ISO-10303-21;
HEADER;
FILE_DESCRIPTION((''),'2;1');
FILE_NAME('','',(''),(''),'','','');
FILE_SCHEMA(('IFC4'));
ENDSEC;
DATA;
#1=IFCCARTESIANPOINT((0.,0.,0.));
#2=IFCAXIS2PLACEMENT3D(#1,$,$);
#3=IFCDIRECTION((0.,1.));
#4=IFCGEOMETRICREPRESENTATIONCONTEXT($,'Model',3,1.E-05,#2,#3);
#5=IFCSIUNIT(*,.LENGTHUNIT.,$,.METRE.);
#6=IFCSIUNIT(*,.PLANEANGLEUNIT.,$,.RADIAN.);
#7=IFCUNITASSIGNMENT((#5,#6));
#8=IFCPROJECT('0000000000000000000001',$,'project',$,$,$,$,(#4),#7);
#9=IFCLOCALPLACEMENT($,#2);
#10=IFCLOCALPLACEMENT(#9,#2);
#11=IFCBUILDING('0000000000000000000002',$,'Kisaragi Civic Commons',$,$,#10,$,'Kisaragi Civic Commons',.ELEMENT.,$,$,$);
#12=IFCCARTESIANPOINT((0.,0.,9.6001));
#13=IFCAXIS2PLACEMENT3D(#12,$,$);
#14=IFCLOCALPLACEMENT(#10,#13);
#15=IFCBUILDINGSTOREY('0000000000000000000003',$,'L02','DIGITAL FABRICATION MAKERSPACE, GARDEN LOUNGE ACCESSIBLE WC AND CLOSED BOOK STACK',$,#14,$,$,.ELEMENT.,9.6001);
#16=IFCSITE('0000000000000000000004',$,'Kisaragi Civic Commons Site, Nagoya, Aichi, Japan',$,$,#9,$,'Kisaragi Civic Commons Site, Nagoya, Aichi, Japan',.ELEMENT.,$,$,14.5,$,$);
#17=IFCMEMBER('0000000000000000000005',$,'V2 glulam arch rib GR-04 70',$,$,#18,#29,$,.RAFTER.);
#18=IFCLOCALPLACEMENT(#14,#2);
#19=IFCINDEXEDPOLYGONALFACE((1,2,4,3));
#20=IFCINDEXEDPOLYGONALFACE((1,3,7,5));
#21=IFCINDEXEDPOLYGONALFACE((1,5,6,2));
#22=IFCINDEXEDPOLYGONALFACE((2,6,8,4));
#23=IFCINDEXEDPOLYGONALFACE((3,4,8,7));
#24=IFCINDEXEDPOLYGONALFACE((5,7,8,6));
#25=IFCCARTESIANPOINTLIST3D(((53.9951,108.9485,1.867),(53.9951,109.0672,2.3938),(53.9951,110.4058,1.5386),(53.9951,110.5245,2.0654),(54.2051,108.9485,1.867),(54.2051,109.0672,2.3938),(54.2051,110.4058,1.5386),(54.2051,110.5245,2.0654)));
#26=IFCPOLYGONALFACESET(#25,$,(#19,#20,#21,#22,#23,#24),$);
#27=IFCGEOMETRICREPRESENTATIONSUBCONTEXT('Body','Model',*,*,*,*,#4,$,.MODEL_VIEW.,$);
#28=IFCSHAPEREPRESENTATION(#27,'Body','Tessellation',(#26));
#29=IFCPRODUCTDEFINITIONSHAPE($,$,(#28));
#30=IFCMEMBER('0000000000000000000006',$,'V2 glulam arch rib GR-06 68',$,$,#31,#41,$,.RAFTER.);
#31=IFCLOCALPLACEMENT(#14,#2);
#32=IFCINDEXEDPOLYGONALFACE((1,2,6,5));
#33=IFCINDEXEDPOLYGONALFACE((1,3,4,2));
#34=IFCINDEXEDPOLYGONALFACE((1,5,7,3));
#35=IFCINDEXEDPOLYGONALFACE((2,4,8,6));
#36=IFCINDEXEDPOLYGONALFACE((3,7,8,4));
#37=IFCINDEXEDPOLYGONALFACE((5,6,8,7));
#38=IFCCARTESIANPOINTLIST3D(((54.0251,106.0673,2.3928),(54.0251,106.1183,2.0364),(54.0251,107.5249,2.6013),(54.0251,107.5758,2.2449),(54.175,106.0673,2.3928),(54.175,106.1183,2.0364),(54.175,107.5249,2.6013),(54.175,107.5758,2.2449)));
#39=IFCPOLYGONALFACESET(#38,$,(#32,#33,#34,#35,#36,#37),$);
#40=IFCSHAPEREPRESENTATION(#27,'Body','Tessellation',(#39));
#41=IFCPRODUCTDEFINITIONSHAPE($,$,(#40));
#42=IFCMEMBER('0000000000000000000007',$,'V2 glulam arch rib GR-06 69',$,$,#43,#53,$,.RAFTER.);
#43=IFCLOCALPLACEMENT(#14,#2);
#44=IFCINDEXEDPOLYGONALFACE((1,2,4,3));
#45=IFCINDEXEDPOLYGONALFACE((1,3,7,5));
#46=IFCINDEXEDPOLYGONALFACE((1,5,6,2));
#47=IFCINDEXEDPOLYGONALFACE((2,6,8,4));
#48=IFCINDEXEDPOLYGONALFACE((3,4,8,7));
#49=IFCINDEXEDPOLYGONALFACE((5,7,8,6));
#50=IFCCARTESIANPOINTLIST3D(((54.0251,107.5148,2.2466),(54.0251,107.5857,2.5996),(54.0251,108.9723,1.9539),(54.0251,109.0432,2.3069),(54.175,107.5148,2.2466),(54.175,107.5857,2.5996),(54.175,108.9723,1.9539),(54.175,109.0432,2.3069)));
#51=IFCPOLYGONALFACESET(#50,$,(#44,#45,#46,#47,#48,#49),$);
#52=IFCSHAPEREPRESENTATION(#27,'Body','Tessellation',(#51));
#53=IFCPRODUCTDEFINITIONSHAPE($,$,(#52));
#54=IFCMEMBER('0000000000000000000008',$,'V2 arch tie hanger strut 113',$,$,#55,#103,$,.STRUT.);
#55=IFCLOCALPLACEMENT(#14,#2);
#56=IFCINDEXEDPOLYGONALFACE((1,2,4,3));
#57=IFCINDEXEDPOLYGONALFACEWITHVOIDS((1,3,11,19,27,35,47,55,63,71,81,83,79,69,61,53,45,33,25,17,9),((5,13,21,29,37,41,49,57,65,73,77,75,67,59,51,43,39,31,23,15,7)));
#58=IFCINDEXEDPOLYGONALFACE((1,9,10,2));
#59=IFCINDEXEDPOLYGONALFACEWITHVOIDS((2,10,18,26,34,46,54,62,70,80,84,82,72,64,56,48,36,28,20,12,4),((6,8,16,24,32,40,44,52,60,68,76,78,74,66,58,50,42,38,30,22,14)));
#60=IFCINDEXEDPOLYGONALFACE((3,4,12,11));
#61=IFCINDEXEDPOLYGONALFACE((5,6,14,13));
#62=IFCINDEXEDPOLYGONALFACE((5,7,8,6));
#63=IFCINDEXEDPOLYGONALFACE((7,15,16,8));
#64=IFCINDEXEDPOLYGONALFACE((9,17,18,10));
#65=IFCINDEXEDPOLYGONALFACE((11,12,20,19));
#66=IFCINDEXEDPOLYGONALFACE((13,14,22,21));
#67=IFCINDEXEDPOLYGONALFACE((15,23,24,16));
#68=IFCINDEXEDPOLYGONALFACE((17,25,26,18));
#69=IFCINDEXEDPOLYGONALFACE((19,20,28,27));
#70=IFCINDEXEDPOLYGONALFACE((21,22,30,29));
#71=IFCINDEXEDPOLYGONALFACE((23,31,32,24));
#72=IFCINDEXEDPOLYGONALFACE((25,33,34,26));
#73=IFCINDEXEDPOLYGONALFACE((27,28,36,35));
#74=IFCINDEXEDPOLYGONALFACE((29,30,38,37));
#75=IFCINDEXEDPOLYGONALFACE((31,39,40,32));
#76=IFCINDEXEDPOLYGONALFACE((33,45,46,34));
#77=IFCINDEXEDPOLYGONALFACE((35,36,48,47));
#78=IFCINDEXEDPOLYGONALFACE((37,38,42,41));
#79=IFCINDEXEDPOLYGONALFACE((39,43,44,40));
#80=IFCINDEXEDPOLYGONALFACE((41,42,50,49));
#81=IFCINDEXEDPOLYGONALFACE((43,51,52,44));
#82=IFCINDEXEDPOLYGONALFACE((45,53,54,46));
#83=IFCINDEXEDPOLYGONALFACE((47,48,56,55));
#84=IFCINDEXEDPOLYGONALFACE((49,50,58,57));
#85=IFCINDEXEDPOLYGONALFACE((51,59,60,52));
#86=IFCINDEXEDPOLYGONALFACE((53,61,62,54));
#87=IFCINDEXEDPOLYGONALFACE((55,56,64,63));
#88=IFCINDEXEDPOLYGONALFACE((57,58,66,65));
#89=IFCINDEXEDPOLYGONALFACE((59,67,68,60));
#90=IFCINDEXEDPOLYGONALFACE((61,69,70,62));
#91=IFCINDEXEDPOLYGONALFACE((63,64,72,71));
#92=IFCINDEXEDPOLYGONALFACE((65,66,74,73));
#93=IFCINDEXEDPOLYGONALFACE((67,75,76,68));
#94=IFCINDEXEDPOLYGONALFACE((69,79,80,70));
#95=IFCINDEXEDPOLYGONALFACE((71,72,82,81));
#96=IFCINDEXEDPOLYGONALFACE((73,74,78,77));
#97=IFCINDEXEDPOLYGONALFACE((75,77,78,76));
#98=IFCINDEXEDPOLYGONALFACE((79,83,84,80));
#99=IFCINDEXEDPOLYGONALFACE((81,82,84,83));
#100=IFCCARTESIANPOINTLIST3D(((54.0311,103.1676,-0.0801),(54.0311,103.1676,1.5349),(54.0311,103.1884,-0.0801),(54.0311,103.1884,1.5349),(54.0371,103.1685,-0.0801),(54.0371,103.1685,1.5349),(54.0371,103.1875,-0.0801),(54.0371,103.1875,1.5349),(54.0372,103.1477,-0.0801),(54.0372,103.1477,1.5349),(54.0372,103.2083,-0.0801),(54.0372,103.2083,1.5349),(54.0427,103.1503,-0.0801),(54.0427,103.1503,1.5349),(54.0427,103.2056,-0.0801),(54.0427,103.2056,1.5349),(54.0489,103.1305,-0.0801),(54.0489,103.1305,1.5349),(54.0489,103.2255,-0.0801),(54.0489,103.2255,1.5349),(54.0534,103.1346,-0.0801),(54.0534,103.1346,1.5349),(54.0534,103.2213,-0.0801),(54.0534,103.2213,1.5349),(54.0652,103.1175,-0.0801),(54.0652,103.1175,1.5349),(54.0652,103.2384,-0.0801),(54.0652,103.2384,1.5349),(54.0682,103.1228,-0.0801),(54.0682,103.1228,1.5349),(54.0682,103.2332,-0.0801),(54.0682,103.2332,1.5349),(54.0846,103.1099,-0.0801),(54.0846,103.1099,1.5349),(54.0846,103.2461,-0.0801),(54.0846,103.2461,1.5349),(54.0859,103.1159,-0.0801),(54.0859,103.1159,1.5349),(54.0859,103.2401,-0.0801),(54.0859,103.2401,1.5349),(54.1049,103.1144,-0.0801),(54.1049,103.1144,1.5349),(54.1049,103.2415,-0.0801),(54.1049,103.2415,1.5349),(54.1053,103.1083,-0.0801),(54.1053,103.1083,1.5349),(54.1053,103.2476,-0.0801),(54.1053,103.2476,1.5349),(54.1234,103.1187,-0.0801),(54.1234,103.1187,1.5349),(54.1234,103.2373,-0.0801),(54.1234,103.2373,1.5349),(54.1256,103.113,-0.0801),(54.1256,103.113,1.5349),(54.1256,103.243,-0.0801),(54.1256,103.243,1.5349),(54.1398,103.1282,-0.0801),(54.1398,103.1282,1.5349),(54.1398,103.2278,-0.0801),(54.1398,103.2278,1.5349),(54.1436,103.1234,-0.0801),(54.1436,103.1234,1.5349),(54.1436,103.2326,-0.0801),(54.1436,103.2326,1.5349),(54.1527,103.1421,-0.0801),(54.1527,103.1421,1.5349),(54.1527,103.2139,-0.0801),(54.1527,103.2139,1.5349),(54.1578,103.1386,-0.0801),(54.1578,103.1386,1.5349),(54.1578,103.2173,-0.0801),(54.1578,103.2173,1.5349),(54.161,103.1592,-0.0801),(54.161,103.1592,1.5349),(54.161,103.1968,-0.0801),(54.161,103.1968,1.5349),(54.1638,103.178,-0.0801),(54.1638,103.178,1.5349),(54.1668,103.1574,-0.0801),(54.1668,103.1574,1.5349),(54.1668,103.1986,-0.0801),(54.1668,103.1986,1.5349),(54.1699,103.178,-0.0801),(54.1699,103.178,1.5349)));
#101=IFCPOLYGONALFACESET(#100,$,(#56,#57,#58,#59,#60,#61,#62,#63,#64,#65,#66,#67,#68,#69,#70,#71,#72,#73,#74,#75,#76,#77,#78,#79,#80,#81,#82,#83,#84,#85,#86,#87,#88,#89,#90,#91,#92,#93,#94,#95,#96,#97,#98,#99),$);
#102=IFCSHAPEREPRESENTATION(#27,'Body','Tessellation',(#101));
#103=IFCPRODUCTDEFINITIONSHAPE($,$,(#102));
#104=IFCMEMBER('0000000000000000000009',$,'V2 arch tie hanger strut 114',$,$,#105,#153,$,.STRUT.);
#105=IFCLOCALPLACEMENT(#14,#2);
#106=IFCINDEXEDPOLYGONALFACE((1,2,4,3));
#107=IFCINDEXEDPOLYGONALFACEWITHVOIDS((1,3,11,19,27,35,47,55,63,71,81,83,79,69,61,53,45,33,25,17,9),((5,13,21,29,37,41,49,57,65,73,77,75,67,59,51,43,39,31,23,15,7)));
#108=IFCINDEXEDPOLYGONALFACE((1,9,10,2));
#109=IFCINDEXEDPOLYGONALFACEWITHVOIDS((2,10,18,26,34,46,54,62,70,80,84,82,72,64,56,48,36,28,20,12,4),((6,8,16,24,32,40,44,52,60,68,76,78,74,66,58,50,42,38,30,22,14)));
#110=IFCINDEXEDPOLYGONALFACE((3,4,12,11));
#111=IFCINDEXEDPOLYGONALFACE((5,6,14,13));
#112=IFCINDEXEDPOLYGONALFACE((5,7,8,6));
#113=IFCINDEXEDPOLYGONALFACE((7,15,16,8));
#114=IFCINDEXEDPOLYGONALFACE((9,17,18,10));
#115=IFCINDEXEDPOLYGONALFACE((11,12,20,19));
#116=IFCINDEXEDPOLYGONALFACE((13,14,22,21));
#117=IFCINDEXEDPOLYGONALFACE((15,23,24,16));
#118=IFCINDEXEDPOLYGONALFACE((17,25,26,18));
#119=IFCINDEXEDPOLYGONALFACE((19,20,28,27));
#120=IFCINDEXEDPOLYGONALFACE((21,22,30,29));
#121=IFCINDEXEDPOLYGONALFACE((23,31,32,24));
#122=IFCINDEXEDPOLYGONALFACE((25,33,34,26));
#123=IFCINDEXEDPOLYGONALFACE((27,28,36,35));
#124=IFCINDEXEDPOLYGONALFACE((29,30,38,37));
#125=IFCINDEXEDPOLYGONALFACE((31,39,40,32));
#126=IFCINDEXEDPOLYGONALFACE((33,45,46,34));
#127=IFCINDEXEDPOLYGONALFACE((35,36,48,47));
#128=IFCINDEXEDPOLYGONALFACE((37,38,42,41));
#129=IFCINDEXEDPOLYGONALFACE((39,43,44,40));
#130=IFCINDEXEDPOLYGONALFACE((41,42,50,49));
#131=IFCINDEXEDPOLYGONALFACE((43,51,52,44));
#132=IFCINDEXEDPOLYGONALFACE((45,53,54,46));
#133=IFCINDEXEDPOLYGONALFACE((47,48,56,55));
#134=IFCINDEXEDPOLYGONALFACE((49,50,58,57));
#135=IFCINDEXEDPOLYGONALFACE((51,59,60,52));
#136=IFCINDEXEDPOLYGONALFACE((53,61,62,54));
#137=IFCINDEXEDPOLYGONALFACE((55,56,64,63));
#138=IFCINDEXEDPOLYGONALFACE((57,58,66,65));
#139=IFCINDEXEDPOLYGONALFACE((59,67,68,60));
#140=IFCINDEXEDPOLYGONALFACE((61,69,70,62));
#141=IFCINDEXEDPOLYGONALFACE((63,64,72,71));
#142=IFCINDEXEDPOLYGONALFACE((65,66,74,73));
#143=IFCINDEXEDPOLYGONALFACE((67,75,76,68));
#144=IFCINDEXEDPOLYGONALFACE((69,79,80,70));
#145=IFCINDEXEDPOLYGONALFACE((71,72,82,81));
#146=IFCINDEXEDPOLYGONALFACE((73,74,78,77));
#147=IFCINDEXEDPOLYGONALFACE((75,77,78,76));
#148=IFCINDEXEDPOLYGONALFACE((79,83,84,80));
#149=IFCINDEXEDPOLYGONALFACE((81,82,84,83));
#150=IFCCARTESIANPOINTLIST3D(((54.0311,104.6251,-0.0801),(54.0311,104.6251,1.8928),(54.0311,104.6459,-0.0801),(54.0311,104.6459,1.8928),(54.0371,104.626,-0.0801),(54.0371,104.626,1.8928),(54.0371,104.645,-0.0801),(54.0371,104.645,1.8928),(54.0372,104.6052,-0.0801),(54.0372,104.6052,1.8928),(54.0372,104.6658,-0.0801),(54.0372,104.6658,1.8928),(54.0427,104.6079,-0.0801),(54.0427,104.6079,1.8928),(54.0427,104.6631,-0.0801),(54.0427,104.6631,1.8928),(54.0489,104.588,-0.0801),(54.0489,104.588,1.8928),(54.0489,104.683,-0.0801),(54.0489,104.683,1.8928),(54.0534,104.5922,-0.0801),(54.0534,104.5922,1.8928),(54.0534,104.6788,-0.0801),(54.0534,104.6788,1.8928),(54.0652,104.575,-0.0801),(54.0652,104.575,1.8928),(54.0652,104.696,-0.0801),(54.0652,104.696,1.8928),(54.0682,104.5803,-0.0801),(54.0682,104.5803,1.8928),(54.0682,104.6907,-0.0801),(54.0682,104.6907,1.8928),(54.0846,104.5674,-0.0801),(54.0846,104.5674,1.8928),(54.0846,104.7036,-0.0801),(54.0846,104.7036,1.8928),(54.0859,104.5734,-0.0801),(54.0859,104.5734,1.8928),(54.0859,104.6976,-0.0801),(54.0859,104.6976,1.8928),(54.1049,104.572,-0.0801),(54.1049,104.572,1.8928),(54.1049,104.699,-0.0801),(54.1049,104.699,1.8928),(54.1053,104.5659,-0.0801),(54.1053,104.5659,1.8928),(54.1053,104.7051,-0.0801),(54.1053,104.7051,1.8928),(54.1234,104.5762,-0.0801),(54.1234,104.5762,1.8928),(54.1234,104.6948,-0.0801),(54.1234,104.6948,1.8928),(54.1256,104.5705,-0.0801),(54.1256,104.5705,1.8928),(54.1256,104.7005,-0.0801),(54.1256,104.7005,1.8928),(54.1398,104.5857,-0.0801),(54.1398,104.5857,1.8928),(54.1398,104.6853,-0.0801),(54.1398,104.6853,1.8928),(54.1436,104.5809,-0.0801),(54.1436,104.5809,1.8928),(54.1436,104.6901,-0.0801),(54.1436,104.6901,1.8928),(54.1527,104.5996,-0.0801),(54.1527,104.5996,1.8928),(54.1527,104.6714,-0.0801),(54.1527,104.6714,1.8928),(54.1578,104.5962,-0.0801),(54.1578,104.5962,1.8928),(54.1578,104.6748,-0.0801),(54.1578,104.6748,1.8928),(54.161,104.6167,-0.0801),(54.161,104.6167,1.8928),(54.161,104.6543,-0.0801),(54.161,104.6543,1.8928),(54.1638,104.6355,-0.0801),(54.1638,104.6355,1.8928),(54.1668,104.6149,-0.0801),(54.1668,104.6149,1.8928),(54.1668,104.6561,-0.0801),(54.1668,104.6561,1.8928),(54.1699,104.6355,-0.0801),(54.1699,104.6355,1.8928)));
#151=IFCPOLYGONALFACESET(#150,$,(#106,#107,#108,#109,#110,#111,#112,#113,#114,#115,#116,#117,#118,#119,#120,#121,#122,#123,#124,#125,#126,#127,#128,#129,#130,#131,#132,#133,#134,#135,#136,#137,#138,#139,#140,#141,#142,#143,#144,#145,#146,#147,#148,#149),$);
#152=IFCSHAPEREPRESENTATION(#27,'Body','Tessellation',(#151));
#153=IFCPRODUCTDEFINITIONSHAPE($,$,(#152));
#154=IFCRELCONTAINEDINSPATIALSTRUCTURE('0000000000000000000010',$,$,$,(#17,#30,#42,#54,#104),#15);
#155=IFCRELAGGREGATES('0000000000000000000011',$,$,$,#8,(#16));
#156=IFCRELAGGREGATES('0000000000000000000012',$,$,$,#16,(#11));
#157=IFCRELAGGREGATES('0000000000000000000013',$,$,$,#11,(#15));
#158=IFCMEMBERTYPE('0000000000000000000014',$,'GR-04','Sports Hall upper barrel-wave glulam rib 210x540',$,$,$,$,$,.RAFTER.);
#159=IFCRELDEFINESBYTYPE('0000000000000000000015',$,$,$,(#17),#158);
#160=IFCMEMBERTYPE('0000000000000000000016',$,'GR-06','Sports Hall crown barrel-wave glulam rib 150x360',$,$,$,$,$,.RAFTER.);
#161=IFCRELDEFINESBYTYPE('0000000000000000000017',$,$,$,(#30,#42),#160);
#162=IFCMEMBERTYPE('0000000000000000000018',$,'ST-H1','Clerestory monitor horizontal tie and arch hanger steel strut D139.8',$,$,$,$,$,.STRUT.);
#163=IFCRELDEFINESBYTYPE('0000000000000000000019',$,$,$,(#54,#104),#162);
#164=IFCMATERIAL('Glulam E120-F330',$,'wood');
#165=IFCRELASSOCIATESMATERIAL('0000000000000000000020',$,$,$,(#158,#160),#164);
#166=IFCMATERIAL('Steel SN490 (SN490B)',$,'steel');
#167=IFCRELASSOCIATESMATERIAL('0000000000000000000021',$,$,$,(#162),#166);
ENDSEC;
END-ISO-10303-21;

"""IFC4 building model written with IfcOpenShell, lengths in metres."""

from ifc_helpers import new_model, si_unit, direction, frame, origin, origin_2d, place, context, subcontext, project, spatial, rectangle, hollow_circle, extrude, material, material_profile, profile_set, type_object, element, save


model = new_model("IFC4")

# Units and contexts
model_context = context("Model", 3, precision=1e-05, world=origin(), true_north=direction((0.0, 1.0)))
body_context = subcontext(model_context, "Body", "Model", "MODEL_VIEW")
ifc_project = project(units=[si_unit("LENGTHUNIT", "METRE"), si_unit("PLANEANGLEUNIT", "RADIAN")], contexts=[model_context])

# Site, building, storey
site_placement = place(None, origin())
site = spatial("IfcSite", under=ifc_project, at=site_placement, Name="Kisaragi Civic Commons Site, Nagoya, Aichi, Japan", LongName="Kisaragi Civic Commons Site, Nagoya, Aichi, Japan", CompositionType="ELEMENT", RefElevation=14.5)
building_placement = place(site_placement, origin())
building = spatial("IfcBuilding", under=site, at=building_placement, Name="Kisaragi Civic Commons", LongName="Kisaragi Civic Commons", CompositionType="ELEMENT")
storey_placement = place(building_placement, frame((0.0, 0.0, 9.6001)))
storey = spatial("IfcBuildingStorey", under=building, at=storey_placement, Name="L02", Description="DIGITAL FABRICATION MAKERSPACE, GARDEN LOUNGE ACCESSIBLE WC AND CLOSED BOOK STACK", CompositionType="ELEMENT", Elevation=9.6001)

# Members
ifc_material_1 = material(Name="Glulam E120-F330", Category="wood")
ifc_material_profile_1 = material_profile(ifc_material_1, rectangle(XDim=0.21, YDim=0.54, at=origin_2d()), Name="GL-210x540", Category="wood")
ifc_profile_set_1 = profile_set([ifc_material_profile_1], Name="Glulam E120-F330")
member_type_1 = type_object("IfcMemberType", Name="GR-04", Description="Sports Hall upper barrel-wave glulam rib 210x540", PredefinedType="RAFTER", material=ifc_profile_set_1)
member_1_placement = place(storey_placement, frame((54.1001, 109.0078, 2.1304), z_axis=(0.0, 0.975541, -0.219819), x_axis=(-1.0, 0.0, 0.0)))
element("IfcMember", 1, at=member_1_placement, inside=storey, type_object=member_type_1, Name="V2 glulam arch rib GR-04 70", PredefinedType="RAFTER", context=body_context, shape_type="SweptSolid", body=[
    extrude(rectangle(XDim=0.21, YDim=0.54, at=origin_2d()), origin(), (0.0, 0.0, 1.0), 1.4939),
])
ifc_material_profile_2 = material_profile(ifc_material_1, rectangle(XDim=0.1499, YDim=0.3601, at=origin_2d()), Name="GL-150x360", Category="wood")
ifc_profile_set_2 = profile_set([ifc_material_profile_2], Name="Glulam E120-F330")
member_type_2 = type_object("IfcMemberType", Name="GR-06", Description="Sports Hall crown barrel-wave glulam rib 150x360", PredefinedType="RAFTER", material=ifc_profile_set_2)
member_2_placement = place(storey_placement, frame((54.1001, 106.0928, 2.2146), z_axis=(0.0, 0.989923, 0.141607), x_axis=(-1.0, 0.0, 0.0)))
element("IfcMember", 2, at=member_2_placement, inside=storey, type_object=member_type_2, Name="V2 glulam arch rib GR-06 68", PredefinedType="RAFTER", context=body_context, shape_type="SweptSolid", body=[
    extrude(rectangle(XDim=0.1499, YDim=0.3601, at=origin_2d()), origin(), (0.0, 0.0, 1.0), 1.4724),
])
member_3_placement = place(storey_placement, frame((54.1001, 107.5503, 2.4231), z_axis=(0.0, 0.980422, -0.196906), x_axis=(-1.0, 0.0, 0.0)))
element("IfcMember", 3, at=member_3_placement, inside=storey, type_object=member_type_2, Name="V2 glulam arch rib GR-06 69", PredefinedType="RAFTER", context=body_context, shape_type="SweptSolid", body=[
    extrude(rectangle(XDim=0.1499, YDim=0.3601, at=origin_2d()), origin(), (0.0, 0.0, 1.0), 1.4866),
])
ifc_material_2 = material(Name="Steel SN490 (SN490B)", Category="steel")
ifc_material_profile_3 = material_profile(ifc_material_2, hollow_circle(Radius=0.0698, WallThickness=0.0061, at=origin_2d()), Name="CHS-139.8x6.0", Category="steel")
ifc_profile_set_3 = profile_set([ifc_material_profile_3], Name="Steel SN490 (SN490B)")
member_type_3 = type_object("IfcMemberType", Name="ST-H1", Description="Clerestory monitor horizontal tie and arch hanger steel strut D139.8", PredefinedType="STRUT", material=ifc_profile_set_3)
member_4_placement = place(storey_placement, frame((54.1001, 103.178, -0.0801), z_axis=(0.0, 0.0, 1.0), x_axis=(1.0, 0.0, 0.0)))
element("IfcMember", 4, at=member_4_placement, inside=storey, type_object=member_type_3, Name="V2 arch tie hanger strut 113", PredefinedType="STRUT", context=body_context, shape_type="SweptSolid", body=[
    extrude(hollow_circle(Radius=0.0698, WallThickness=0.0061, at=origin_2d()), origin(), (0.0, 0.0, 1.0), 1.615),
])
member_5_placement = place(storey_placement, frame((54.1001, 104.6355, -0.0801), z_axis=(0.0, 0.0, 1.0), x_axis=(1.0, 0.0, 0.0)))
element("IfcMember", 5, at=member_5_placement, inside=storey, type_object=member_type_3, Name="V2 arch tie hanger strut 114", PredefinedType="STRUT", context=body_context, shape_type="SweptSolid", body=[
    extrude(hollow_circle(Radius=0.0698, WallThickness=0.0061, at=origin_2d()), origin(), (0.0, 0.0, 1.0), 1.9729),
])

save(model, "model.ifc")
